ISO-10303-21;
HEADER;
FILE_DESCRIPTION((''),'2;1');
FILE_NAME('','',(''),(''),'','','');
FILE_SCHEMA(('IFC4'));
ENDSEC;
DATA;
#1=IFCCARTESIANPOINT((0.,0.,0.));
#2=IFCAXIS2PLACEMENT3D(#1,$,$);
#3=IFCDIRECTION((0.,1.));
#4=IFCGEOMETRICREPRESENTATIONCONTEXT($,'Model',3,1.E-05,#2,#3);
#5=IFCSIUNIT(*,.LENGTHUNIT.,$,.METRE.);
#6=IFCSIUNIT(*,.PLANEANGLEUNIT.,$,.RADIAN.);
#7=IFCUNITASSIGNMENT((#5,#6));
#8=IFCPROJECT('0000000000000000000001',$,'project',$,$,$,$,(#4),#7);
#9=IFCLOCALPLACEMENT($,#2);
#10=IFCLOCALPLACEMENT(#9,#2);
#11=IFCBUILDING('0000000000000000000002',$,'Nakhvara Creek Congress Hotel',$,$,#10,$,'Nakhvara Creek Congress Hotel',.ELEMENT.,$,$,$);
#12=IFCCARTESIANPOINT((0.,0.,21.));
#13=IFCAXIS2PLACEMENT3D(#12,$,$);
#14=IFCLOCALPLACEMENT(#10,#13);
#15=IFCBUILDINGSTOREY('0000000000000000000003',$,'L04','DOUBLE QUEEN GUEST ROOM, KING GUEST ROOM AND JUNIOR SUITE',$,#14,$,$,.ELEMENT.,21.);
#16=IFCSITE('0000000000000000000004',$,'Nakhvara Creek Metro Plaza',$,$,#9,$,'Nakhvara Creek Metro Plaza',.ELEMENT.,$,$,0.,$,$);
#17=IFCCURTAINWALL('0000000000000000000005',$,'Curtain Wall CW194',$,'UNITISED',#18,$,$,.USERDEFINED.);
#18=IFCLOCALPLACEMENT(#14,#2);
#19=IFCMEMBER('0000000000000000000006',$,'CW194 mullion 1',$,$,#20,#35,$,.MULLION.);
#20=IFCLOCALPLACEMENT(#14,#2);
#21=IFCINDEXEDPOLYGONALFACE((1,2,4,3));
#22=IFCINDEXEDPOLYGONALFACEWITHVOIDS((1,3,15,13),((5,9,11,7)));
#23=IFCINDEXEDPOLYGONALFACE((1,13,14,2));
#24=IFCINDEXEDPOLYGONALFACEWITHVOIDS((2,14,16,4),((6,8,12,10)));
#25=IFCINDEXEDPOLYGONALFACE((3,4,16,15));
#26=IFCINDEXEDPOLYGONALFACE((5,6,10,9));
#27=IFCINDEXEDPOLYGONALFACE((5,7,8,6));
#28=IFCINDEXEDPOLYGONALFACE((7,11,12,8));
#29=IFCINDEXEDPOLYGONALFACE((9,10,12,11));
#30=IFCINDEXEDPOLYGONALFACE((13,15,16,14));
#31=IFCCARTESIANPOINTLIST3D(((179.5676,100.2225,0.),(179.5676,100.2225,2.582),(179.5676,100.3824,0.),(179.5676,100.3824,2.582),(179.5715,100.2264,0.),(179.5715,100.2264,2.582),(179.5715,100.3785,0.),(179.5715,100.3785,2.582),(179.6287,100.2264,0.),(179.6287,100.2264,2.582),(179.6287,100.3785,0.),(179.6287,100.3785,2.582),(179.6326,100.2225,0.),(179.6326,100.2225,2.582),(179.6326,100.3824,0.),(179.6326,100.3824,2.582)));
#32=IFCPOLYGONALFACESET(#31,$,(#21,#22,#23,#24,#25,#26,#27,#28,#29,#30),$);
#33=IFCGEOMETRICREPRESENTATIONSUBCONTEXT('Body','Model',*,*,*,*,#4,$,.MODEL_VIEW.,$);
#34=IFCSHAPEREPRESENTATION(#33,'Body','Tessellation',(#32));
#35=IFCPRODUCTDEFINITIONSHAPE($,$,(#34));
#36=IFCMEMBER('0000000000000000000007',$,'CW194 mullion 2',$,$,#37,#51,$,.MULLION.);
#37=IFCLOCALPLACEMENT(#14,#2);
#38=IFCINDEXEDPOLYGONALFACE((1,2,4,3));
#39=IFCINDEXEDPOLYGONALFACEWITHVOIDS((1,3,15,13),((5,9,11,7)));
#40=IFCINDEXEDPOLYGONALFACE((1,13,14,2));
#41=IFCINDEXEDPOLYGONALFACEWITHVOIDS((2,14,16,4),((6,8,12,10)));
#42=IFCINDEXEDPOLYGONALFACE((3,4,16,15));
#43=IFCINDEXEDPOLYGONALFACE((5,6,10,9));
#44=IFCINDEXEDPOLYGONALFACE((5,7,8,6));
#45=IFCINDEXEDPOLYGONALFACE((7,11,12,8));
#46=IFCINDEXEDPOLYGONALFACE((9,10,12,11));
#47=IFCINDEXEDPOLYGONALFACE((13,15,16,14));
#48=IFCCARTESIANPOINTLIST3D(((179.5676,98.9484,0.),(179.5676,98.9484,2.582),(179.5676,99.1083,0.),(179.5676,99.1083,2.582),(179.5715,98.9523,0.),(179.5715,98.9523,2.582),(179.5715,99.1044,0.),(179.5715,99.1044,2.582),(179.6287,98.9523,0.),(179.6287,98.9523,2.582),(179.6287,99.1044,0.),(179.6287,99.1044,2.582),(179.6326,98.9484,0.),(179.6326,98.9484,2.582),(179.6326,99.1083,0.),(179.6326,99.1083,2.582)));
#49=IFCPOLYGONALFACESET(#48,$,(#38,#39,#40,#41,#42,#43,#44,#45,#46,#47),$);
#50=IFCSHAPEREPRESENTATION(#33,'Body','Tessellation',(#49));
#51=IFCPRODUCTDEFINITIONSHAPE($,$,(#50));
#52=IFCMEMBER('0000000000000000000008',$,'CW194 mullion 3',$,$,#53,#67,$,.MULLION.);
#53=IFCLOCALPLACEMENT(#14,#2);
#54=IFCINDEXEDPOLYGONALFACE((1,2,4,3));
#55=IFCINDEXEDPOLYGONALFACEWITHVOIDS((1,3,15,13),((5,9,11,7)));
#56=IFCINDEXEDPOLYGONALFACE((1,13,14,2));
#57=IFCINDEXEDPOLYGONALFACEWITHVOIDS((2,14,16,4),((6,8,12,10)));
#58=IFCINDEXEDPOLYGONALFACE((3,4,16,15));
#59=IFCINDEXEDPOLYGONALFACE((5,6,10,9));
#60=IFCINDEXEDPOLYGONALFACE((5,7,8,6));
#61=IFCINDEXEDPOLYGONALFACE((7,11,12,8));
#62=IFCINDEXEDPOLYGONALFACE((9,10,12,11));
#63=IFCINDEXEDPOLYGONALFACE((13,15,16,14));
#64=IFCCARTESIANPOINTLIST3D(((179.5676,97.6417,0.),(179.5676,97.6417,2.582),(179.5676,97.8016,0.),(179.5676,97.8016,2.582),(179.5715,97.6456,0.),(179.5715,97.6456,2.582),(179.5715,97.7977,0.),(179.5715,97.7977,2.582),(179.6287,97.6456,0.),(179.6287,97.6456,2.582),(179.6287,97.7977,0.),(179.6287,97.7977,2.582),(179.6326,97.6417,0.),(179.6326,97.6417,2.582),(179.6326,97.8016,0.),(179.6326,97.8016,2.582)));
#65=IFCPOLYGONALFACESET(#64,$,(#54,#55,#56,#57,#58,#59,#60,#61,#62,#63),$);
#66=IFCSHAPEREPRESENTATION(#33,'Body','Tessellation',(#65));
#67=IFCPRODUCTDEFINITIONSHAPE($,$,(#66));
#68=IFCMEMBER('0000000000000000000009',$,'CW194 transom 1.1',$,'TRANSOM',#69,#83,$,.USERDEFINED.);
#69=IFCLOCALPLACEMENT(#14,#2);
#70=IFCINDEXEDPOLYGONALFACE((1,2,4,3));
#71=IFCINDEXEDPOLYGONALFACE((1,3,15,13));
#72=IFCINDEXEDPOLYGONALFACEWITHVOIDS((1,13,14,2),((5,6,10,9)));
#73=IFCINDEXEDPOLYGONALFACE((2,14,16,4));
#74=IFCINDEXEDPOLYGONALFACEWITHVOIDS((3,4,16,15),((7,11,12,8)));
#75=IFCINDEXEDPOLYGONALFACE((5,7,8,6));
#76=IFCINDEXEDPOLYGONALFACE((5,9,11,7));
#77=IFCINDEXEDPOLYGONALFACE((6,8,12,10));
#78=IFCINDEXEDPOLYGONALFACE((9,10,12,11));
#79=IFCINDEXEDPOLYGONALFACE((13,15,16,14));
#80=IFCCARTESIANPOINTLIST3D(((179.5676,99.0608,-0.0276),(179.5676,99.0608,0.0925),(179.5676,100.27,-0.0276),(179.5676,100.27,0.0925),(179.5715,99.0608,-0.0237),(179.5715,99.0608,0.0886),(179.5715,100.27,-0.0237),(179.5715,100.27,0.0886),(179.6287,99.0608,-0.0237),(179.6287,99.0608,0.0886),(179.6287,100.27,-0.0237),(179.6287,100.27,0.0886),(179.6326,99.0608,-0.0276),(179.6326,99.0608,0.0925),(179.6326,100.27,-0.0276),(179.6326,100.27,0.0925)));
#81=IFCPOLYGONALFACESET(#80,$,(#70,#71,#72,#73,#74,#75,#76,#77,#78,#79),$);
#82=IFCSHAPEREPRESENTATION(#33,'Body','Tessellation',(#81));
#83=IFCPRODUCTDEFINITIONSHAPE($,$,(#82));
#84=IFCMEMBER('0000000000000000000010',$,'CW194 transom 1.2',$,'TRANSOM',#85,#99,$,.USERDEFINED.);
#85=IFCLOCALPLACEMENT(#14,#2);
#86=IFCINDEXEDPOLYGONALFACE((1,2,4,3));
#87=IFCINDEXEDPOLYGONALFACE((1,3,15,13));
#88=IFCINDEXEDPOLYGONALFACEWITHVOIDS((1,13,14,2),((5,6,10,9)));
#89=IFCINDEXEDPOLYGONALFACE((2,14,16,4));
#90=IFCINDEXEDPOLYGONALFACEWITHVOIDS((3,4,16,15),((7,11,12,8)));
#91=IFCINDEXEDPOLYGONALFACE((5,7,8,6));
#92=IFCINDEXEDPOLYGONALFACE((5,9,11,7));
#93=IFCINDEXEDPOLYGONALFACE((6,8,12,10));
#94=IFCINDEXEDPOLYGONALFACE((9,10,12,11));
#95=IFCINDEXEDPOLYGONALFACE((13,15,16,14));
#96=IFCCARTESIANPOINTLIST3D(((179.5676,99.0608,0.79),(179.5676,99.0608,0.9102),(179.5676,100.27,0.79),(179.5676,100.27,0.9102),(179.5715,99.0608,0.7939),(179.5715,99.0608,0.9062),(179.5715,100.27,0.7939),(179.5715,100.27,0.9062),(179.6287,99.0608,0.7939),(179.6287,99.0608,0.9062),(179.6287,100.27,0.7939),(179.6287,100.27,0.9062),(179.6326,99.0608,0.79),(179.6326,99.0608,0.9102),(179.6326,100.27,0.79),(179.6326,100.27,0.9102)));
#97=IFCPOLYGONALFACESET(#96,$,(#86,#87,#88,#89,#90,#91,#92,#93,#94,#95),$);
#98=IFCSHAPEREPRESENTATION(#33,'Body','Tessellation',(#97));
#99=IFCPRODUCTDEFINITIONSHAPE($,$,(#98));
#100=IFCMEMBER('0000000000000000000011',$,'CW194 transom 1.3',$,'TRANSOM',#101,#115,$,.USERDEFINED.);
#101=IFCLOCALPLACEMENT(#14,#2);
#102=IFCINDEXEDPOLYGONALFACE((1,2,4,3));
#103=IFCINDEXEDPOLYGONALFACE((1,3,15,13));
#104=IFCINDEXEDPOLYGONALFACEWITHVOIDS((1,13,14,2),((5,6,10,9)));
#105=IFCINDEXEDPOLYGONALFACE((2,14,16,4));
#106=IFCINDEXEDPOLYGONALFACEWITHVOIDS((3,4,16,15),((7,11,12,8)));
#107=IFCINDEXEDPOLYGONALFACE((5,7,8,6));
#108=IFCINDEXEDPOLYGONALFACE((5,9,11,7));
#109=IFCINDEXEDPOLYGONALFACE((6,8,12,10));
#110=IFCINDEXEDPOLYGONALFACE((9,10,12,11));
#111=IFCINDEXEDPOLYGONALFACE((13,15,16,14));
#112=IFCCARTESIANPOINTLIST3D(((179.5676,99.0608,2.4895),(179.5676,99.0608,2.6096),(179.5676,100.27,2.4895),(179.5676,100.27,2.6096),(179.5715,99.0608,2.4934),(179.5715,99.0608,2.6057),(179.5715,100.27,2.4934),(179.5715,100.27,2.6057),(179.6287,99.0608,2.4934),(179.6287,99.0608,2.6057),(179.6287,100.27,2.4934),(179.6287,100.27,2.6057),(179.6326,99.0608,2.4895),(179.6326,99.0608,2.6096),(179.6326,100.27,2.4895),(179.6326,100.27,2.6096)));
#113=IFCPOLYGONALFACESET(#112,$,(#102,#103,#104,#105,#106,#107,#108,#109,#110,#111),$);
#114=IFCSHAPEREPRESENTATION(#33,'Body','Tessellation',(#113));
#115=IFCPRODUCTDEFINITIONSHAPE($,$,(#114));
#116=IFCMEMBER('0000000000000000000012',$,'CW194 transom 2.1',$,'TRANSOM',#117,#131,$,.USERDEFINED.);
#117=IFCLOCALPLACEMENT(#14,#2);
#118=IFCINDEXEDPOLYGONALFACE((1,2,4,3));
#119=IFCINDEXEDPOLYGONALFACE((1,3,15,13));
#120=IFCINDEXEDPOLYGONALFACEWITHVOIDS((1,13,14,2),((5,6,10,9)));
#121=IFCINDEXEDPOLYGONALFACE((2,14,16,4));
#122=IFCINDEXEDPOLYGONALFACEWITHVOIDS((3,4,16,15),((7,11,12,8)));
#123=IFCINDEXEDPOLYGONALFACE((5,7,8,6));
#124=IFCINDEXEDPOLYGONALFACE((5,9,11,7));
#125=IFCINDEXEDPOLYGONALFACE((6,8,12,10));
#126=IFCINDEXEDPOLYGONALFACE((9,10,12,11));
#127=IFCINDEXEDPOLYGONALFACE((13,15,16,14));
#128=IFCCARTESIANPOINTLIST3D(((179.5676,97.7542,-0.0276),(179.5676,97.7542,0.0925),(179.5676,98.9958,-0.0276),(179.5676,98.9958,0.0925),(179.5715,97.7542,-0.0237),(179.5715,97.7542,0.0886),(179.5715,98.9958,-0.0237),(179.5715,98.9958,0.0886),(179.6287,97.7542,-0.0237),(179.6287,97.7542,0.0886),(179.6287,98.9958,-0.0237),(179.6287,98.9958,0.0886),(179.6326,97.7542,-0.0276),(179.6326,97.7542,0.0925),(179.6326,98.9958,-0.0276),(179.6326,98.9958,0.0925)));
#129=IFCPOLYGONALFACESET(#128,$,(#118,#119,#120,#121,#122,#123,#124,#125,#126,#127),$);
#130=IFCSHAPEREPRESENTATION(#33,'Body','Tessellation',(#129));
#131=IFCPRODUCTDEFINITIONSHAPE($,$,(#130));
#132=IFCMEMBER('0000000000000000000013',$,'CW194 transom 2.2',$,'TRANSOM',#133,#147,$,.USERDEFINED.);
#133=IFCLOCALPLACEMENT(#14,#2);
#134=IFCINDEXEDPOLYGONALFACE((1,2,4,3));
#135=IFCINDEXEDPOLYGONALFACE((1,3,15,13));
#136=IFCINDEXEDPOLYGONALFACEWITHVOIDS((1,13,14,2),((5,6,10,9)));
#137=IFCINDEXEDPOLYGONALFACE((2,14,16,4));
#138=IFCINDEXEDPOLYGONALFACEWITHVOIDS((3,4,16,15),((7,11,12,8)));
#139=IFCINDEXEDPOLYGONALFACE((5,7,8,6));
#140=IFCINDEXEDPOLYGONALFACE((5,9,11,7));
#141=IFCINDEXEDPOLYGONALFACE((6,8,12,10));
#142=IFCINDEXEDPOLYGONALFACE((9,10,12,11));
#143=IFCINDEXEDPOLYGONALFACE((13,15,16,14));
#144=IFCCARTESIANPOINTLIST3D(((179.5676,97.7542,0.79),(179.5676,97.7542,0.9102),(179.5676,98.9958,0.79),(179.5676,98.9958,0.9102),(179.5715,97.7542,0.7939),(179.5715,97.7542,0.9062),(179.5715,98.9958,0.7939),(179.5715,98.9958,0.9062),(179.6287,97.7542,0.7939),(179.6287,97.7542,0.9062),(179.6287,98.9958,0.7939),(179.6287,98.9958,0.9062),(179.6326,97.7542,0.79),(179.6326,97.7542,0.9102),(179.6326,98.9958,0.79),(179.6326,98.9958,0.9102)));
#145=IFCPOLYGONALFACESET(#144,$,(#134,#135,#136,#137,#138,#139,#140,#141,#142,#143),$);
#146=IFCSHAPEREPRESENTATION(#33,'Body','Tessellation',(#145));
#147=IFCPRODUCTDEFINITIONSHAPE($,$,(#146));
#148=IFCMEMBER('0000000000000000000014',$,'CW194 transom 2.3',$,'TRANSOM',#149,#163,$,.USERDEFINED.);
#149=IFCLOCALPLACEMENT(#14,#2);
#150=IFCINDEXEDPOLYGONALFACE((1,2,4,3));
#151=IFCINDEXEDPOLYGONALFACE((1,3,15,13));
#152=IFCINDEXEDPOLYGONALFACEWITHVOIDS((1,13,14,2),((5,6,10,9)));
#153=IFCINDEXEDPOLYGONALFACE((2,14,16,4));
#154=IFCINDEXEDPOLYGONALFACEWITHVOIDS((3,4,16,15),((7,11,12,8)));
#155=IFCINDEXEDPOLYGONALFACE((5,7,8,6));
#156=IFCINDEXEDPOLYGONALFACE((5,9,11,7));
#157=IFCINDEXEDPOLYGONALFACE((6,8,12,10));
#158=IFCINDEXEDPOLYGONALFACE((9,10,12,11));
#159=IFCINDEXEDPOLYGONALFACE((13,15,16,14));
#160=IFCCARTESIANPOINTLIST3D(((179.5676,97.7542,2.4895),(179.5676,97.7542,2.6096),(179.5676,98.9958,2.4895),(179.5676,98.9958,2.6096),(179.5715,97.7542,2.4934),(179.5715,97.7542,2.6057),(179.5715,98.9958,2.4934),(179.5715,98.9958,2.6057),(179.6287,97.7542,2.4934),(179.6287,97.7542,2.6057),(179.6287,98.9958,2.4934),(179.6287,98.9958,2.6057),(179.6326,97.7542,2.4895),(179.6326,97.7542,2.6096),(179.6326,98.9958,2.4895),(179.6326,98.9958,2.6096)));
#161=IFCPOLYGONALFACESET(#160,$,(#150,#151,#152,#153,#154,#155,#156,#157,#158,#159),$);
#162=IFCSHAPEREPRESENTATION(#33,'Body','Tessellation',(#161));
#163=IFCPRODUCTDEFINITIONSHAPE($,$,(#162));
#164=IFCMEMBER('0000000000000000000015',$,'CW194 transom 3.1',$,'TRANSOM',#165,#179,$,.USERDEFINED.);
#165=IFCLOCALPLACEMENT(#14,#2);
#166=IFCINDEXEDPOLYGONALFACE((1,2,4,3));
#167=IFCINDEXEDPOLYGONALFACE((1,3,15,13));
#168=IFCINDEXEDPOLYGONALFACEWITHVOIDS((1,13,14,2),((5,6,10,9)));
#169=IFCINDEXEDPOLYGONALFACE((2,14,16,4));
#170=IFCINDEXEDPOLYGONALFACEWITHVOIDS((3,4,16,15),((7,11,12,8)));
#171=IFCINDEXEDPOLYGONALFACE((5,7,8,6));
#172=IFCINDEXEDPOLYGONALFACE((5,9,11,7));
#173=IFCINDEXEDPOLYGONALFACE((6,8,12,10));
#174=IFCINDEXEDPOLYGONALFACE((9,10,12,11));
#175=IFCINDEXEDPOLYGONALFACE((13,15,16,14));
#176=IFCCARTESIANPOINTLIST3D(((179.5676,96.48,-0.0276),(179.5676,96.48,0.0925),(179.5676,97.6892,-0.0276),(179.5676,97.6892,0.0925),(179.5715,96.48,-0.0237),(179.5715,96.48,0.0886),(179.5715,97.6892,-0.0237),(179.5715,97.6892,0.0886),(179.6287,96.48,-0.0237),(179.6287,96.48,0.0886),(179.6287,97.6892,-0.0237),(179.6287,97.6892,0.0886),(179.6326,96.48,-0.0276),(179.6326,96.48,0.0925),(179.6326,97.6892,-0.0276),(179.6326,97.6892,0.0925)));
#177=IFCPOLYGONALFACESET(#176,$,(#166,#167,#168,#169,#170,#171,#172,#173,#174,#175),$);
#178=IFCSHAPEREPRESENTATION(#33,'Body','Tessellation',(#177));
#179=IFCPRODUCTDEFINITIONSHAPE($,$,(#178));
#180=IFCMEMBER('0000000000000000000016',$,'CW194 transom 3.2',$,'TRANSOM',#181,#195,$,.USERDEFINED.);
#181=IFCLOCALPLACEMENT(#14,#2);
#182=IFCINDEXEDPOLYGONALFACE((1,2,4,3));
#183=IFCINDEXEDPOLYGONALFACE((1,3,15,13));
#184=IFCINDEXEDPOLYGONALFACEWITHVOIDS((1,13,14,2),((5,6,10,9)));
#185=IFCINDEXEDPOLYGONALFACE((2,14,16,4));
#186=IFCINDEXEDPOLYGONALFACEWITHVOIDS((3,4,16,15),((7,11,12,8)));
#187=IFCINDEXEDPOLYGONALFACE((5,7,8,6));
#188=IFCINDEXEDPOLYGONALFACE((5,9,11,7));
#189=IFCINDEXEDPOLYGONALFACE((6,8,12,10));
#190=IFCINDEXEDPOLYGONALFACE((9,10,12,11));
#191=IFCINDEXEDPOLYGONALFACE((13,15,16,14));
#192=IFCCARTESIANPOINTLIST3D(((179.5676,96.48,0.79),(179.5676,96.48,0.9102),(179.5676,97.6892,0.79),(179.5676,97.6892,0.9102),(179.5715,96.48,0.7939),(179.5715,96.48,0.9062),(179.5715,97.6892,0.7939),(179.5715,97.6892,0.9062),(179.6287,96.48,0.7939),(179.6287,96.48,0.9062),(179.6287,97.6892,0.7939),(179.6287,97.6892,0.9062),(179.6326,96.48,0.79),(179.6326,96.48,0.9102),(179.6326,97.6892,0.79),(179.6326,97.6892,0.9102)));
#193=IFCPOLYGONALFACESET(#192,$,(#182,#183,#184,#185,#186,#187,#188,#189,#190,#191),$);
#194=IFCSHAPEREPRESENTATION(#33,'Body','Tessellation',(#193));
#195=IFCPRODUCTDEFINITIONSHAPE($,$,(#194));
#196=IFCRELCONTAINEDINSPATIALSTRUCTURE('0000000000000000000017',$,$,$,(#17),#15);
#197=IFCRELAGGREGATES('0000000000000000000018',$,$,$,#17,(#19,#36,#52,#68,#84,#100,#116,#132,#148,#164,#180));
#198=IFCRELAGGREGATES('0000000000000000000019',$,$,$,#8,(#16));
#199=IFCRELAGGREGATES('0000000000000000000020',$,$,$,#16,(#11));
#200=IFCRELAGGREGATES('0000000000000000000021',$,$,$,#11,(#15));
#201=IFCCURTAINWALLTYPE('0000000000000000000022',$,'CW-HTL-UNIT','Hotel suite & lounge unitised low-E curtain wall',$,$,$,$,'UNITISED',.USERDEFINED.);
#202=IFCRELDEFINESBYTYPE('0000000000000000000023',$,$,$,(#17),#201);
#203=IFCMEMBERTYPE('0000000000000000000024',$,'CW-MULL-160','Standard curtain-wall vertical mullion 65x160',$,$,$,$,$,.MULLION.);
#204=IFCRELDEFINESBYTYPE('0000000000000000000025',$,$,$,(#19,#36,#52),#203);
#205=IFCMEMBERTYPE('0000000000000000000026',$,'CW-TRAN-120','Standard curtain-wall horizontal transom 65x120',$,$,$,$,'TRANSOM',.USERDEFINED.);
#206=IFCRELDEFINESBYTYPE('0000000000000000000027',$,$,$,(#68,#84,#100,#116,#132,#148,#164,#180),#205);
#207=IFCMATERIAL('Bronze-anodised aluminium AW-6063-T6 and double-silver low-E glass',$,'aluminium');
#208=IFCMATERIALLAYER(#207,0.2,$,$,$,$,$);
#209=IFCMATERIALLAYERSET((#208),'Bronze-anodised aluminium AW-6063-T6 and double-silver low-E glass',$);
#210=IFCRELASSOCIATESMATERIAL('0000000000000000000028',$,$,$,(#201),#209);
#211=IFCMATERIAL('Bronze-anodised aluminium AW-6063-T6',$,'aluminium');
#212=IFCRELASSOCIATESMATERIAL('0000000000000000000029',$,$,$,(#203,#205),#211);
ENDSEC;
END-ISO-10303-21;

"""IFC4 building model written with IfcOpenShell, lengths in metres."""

from ifc_helpers import new_model, si_unit, direction, frame, origin, origin_2d, place, context, subcontext, project, spatial, hollow_rectangle, extrude, material, layer, layer_set, material_profile, profile_set, type_object, element, aggregate, save


model = new_model("IFC4")

# Units and contexts
model_context = context("Model", 3, precision=1e-05, world=origin(), true_north=direction((0.0, 1.0)))
body_context = subcontext(model_context, "Body", "Model", "MODEL_VIEW")
ifc_project = project(units=[si_unit("LENGTHUNIT", "METRE"), si_unit("PLANEANGLEUNIT", "RADIAN")], contexts=[model_context])

# Site, building, storey
site_placement = place(None, origin())
site = spatial("IfcSite", under=ifc_project, at=site_placement, Name="Nakhvara Creek Metro Plaza", LongName="Nakhvara Creek Metro Plaza", CompositionType="ELEMENT", RefElevation=0.0)
building_placement = place(site_placement, origin())
building = spatial("IfcBuilding", under=site, at=building_placement, Name="Nakhvara Creek Congress Hotel", LongName="Nakhvara Creek Congress Hotel", CompositionType="ELEMENT")
storey_placement = place(building_placement, frame((0.0, 0.0, 21.0)))
storey = spatial("IfcBuildingStorey", under=building, at=storey_placement, Name="L04", Description="DOUBLE QUEEN GUEST ROOM, KING GUEST ROOM AND JUNIOR SUITE", CompositionType="ELEMENT", Elevation=21.0)

# Curtain wall, members
ifc_material_1 = material(Name="Bronze-anodised aluminium AW-6063-T6 and double-silver low-E glass", Category="aluminium")
ifc_layer_1 = layer(ifc_material_1, 0.2)
ifc_layer_set_1 = layer_set([ifc_layer_1], Name="Bronze-anodised aluminium AW-6063-T6 and double-silver low-E glass")
curtain_wall_type = type_object("IfcCurtainWallType", Name="CW-HTL-UNIT", Description="Hotel suite & lounge unitised low-E curtain wall", ElementType="UNITISED", PredefinedType="USERDEFINED", material=ifc_layer_set_1)
curtain_wall_placement = place(storey_placement, origin())
curtain_wall = element("IfcCurtainWall", 1, at=curtain_wall_placement, inside=storey, type_object=curtain_wall_type, Name="Curtain Wall CW194", ObjectType="UNITISED", PredefinedType="USERDEFINED")
ifc_material_2 = material(Name="Bronze-anodised aluminium AW-6063-T6", Category="aluminium")
ifc_material_profile_1 = material_profile(ifc_material_2, hollow_rectangle(XDim=0.0649, YDim=0.1599, WallThickness=0.0039, at=origin_2d()), Name="ALU-MULL 65x160x4", Category="LoadBearing")
ifc_profile_set_1 = profile_set([ifc_material_profile_1], Name="Bronze-anodised aluminium AW-6063-T6")
member_type_1 = type_object("IfcMemberType", Name="CW-MULL-160", Description="Standard curtain-wall vertical mullion 65x160", PredefinedType="MULLION", material=ifc_profile_set_1)
member_1_placement = place(storey_placement, frame((179.6001, 100.3025, 0.0), z_axis=(0.0, 0.0, 1.0), x_axis=(1.0, 0.0, 0.0)))
member_1 = element("IfcMember", 2, at=member_1_placement, type_object=member_type_1, Name="CW194 mullion 1", PredefinedType="MULLION", context=body_context, shape_type="SweptSolid", body=[
    extrude(hollow_rectangle(XDim=0.0649, YDim=0.1599, WallThickness=0.0039, at=origin_2d()), origin(), (0.0, 0.0, 1.0), 2.582),
])
member_2_placement = place(storey_placement, frame((179.6001, 99.0283, 0.0), z_axis=(0.0, 0.0, 1.0), x_axis=(1.0, 0.0, 0.0)))
member_2 = element("IfcMember", 3, at=member_2_placement, type_object=member_type_1, Name="CW194 mullion 2", PredefinedType="MULLION", context=body_context, shape_type="SweptSolid", body=[
    extrude(hollow_rectangle(XDim=0.0649, YDim=0.1599, WallThickness=0.0039, at=origin_2d()), origin(), (0.0, 0.0, 1.0), 2.582),
])
member_3_placement = place(storey_placement, frame((179.6001, 97.7217, 0.0), z_axis=(0.0, 0.0, 1.0), x_axis=(1.0, 0.0, 0.0)))
member_3 = element("IfcMember", 4, at=member_3_placement, type_object=member_type_1, Name="CW194 mullion 3", PredefinedType="MULLION", context=body_context, shape_type="SweptSolid", body=[
    extrude(hollow_rectangle(XDim=0.0649, YDim=0.1599, WallThickness=0.0039, at=origin_2d()), origin(), (0.0, 0.0, 1.0), 2.582),
])
ifc_material_profile_2 = material_profile(ifc_material_2, hollow_rectangle(XDim=0.0649, YDim=0.1201, WallThickness=0.0039, at=origin_2d()), Name="ALU-TRAN 65x120x4", Category="LoadBearing")
ifc_profile_set_2 = profile_set([ifc_material_profile_2], Name="Bronze-anodised aluminium AW-6063-T6")
member_type_2 = type_object("IfcMemberType", Name="CW-TRAN-120", Description="Standard curtain-wall horizontal transom 65x120", ElementType="TRANSOM", PredefinedType="USERDEFINED", material=ifc_profile_set_2)
member_4_placement = place(storey_placement, frame((179.6001, 100.27, 0.0325), z_axis=(0.0, -1.0, 0.0), x_axis=(1.0, 0.0, 0.0)))
member_4 = element("IfcMember", 5, at=member_4_placement, type_object=member_type_2, Name="CW194 transom 1.1", ObjectType="TRANSOM", PredefinedType="USERDEFINED", context=body_context, shape_type="SweptSolid", body=[
    extrude(hollow_rectangle(XDim=0.0649, YDim=0.1201, WallThickness=0.0039, at=origin_2d()), origin(), (0.0, 0.0, 1.0), 1.2092),
])
member_5_placement = place(storey_placement, frame((179.6001, 100.27, 0.8501), z_axis=(0.0, -1.0, 0.0), x_axis=(1.0, 0.0, 0.0)))
member_5 = element("IfcMember", 6, at=member_5_placement, type_object=member_type_2, Name="CW194 transom 1.2", ObjectType="TRANSOM", PredefinedType="USERDEFINED", context=body_context, shape_type="SweptSolid", body=[
    extrude(hollow_rectangle(XDim=0.0649, YDim=0.1201, WallThickness=0.0039, at=origin_2d()), origin(), (0.0, 0.0, 1.0), 1.2092),
])
member_6_placement = place(storey_placement, frame((179.6001, 100.27, 2.5496), z_axis=(0.0, -1.0, 0.0), x_axis=(1.0, 0.0, 0.0)))
member_6 = element("IfcMember", 7, at=member_6_placement, type_object=member_type_2, Name="CW194 transom 1.3", ObjectType="TRANSOM", PredefinedType="USERDEFINED", context=body_context, shape_type="SweptSolid", body=[
    extrude(hollow_rectangle(XDim=0.0649, YDim=0.1201, WallThickness=0.0039, at=origin_2d()), origin(), (0.0, 0.0, 1.0), 1.2092),
])
member_7_placement = place(storey_placement, frame((179.6001, 98.9958, 0.0325), z_axis=(0.0, -1.0, 0.0), x_axis=(1.0, 0.0, 0.0)))
member_7 = element("IfcMember", 8, at=member_7_placement, type_object=member_type_2, Name="CW194 transom 2.1", ObjectType="TRANSOM", PredefinedType="USERDEFINED", context=body_context, shape_type="SweptSolid", body=[
    extrude(hollow_rectangle(XDim=0.0649, YDim=0.1201, WallThickness=0.0039, at=origin_2d()), origin(), (0.0, 0.0, 1.0), 1.2417),
])
member_8_placement = place(storey_placement, frame((179.6001, 98.9958, 0.8501), z_axis=(0.0, -1.0, 0.0), x_axis=(1.0, 0.0, 0.0)))
member_8 = element("IfcMember", 9, at=member_8_placement, type_object=member_type_2, Name="CW194 transom 2.2", ObjectType="TRANSOM", PredefinedType="USERDEFINED", context=body_context, shape_type="SweptSolid", body=[
    extrude(hollow_rectangle(XDim=0.0649, YDim=0.1201, WallThickness=0.0039, at=origin_2d()), origin(), (0.0, 0.0, 1.0), 1.2417),
])
member_9_placement = place(storey_placement, frame((179.6001, 98.9958, 2.5496), z_axis=(0.0, -1.0, 0.0), x_axis=(1.0, 0.0, 0.0)))
member_9 = element("IfcMember", 10, at=member_9_placement, type_object=member_type_2, Name="CW194 transom 2.3", ObjectType="TRANSOM", PredefinedType="USERDEFINED", context=body_context, shape_type="SweptSolid", body=[
    extrude(hollow_rectangle(XDim=0.0649, YDim=0.1201, WallThickness=0.0039, at=origin_2d()), origin(), (0.0, 0.0, 1.0), 1.2417),
])
member_10_placement = place(storey_placement, frame((179.6001, 97.6892, 0.0325), z_axis=(0.0, -1.0, 0.0), x_axis=(1.0, 0.0, 0.0)))
member_10 = element("IfcMember", 11, at=member_10_placement, type_object=member_type_2, Name="CW194 transom 3.1", ObjectType="TRANSOM", PredefinedType="USERDEFINED", context=body_context, shape_type="SweptSolid", body=[
    extrude(hollow_rectangle(XDim=0.0649, YDim=0.1201, WallThickness=0.0039, at=origin_2d()), origin(), (0.0, 0.0, 1.0), 1.2092),
])
member_11_placement = place(storey_placement, frame((179.6001, 97.6892, 0.8501), z_axis=(0.0, -1.0, 0.0), x_axis=(1.0, 0.0, 0.0)))
member_11 = element("IfcMember", 12, at=member_11_placement, type_object=member_type_2, Name="CW194 transom 3.2", ObjectType="TRANSOM", PredefinedType="USERDEFINED", context=body_context, shape_type="SweptSolid", body=[
    extrude(hollow_rectangle(XDim=0.0649, YDim=0.1201, WallThickness=0.0039, at=origin_2d()), origin(), (0.0, 0.0, 1.0), 1.2092),
])
aggregate(curtain_wall, [member_1, member_2, member_3, member_4, member_5, member_6, member_7, member_8, member_9, member_10, member_11])

save(model, "model.ifc")
